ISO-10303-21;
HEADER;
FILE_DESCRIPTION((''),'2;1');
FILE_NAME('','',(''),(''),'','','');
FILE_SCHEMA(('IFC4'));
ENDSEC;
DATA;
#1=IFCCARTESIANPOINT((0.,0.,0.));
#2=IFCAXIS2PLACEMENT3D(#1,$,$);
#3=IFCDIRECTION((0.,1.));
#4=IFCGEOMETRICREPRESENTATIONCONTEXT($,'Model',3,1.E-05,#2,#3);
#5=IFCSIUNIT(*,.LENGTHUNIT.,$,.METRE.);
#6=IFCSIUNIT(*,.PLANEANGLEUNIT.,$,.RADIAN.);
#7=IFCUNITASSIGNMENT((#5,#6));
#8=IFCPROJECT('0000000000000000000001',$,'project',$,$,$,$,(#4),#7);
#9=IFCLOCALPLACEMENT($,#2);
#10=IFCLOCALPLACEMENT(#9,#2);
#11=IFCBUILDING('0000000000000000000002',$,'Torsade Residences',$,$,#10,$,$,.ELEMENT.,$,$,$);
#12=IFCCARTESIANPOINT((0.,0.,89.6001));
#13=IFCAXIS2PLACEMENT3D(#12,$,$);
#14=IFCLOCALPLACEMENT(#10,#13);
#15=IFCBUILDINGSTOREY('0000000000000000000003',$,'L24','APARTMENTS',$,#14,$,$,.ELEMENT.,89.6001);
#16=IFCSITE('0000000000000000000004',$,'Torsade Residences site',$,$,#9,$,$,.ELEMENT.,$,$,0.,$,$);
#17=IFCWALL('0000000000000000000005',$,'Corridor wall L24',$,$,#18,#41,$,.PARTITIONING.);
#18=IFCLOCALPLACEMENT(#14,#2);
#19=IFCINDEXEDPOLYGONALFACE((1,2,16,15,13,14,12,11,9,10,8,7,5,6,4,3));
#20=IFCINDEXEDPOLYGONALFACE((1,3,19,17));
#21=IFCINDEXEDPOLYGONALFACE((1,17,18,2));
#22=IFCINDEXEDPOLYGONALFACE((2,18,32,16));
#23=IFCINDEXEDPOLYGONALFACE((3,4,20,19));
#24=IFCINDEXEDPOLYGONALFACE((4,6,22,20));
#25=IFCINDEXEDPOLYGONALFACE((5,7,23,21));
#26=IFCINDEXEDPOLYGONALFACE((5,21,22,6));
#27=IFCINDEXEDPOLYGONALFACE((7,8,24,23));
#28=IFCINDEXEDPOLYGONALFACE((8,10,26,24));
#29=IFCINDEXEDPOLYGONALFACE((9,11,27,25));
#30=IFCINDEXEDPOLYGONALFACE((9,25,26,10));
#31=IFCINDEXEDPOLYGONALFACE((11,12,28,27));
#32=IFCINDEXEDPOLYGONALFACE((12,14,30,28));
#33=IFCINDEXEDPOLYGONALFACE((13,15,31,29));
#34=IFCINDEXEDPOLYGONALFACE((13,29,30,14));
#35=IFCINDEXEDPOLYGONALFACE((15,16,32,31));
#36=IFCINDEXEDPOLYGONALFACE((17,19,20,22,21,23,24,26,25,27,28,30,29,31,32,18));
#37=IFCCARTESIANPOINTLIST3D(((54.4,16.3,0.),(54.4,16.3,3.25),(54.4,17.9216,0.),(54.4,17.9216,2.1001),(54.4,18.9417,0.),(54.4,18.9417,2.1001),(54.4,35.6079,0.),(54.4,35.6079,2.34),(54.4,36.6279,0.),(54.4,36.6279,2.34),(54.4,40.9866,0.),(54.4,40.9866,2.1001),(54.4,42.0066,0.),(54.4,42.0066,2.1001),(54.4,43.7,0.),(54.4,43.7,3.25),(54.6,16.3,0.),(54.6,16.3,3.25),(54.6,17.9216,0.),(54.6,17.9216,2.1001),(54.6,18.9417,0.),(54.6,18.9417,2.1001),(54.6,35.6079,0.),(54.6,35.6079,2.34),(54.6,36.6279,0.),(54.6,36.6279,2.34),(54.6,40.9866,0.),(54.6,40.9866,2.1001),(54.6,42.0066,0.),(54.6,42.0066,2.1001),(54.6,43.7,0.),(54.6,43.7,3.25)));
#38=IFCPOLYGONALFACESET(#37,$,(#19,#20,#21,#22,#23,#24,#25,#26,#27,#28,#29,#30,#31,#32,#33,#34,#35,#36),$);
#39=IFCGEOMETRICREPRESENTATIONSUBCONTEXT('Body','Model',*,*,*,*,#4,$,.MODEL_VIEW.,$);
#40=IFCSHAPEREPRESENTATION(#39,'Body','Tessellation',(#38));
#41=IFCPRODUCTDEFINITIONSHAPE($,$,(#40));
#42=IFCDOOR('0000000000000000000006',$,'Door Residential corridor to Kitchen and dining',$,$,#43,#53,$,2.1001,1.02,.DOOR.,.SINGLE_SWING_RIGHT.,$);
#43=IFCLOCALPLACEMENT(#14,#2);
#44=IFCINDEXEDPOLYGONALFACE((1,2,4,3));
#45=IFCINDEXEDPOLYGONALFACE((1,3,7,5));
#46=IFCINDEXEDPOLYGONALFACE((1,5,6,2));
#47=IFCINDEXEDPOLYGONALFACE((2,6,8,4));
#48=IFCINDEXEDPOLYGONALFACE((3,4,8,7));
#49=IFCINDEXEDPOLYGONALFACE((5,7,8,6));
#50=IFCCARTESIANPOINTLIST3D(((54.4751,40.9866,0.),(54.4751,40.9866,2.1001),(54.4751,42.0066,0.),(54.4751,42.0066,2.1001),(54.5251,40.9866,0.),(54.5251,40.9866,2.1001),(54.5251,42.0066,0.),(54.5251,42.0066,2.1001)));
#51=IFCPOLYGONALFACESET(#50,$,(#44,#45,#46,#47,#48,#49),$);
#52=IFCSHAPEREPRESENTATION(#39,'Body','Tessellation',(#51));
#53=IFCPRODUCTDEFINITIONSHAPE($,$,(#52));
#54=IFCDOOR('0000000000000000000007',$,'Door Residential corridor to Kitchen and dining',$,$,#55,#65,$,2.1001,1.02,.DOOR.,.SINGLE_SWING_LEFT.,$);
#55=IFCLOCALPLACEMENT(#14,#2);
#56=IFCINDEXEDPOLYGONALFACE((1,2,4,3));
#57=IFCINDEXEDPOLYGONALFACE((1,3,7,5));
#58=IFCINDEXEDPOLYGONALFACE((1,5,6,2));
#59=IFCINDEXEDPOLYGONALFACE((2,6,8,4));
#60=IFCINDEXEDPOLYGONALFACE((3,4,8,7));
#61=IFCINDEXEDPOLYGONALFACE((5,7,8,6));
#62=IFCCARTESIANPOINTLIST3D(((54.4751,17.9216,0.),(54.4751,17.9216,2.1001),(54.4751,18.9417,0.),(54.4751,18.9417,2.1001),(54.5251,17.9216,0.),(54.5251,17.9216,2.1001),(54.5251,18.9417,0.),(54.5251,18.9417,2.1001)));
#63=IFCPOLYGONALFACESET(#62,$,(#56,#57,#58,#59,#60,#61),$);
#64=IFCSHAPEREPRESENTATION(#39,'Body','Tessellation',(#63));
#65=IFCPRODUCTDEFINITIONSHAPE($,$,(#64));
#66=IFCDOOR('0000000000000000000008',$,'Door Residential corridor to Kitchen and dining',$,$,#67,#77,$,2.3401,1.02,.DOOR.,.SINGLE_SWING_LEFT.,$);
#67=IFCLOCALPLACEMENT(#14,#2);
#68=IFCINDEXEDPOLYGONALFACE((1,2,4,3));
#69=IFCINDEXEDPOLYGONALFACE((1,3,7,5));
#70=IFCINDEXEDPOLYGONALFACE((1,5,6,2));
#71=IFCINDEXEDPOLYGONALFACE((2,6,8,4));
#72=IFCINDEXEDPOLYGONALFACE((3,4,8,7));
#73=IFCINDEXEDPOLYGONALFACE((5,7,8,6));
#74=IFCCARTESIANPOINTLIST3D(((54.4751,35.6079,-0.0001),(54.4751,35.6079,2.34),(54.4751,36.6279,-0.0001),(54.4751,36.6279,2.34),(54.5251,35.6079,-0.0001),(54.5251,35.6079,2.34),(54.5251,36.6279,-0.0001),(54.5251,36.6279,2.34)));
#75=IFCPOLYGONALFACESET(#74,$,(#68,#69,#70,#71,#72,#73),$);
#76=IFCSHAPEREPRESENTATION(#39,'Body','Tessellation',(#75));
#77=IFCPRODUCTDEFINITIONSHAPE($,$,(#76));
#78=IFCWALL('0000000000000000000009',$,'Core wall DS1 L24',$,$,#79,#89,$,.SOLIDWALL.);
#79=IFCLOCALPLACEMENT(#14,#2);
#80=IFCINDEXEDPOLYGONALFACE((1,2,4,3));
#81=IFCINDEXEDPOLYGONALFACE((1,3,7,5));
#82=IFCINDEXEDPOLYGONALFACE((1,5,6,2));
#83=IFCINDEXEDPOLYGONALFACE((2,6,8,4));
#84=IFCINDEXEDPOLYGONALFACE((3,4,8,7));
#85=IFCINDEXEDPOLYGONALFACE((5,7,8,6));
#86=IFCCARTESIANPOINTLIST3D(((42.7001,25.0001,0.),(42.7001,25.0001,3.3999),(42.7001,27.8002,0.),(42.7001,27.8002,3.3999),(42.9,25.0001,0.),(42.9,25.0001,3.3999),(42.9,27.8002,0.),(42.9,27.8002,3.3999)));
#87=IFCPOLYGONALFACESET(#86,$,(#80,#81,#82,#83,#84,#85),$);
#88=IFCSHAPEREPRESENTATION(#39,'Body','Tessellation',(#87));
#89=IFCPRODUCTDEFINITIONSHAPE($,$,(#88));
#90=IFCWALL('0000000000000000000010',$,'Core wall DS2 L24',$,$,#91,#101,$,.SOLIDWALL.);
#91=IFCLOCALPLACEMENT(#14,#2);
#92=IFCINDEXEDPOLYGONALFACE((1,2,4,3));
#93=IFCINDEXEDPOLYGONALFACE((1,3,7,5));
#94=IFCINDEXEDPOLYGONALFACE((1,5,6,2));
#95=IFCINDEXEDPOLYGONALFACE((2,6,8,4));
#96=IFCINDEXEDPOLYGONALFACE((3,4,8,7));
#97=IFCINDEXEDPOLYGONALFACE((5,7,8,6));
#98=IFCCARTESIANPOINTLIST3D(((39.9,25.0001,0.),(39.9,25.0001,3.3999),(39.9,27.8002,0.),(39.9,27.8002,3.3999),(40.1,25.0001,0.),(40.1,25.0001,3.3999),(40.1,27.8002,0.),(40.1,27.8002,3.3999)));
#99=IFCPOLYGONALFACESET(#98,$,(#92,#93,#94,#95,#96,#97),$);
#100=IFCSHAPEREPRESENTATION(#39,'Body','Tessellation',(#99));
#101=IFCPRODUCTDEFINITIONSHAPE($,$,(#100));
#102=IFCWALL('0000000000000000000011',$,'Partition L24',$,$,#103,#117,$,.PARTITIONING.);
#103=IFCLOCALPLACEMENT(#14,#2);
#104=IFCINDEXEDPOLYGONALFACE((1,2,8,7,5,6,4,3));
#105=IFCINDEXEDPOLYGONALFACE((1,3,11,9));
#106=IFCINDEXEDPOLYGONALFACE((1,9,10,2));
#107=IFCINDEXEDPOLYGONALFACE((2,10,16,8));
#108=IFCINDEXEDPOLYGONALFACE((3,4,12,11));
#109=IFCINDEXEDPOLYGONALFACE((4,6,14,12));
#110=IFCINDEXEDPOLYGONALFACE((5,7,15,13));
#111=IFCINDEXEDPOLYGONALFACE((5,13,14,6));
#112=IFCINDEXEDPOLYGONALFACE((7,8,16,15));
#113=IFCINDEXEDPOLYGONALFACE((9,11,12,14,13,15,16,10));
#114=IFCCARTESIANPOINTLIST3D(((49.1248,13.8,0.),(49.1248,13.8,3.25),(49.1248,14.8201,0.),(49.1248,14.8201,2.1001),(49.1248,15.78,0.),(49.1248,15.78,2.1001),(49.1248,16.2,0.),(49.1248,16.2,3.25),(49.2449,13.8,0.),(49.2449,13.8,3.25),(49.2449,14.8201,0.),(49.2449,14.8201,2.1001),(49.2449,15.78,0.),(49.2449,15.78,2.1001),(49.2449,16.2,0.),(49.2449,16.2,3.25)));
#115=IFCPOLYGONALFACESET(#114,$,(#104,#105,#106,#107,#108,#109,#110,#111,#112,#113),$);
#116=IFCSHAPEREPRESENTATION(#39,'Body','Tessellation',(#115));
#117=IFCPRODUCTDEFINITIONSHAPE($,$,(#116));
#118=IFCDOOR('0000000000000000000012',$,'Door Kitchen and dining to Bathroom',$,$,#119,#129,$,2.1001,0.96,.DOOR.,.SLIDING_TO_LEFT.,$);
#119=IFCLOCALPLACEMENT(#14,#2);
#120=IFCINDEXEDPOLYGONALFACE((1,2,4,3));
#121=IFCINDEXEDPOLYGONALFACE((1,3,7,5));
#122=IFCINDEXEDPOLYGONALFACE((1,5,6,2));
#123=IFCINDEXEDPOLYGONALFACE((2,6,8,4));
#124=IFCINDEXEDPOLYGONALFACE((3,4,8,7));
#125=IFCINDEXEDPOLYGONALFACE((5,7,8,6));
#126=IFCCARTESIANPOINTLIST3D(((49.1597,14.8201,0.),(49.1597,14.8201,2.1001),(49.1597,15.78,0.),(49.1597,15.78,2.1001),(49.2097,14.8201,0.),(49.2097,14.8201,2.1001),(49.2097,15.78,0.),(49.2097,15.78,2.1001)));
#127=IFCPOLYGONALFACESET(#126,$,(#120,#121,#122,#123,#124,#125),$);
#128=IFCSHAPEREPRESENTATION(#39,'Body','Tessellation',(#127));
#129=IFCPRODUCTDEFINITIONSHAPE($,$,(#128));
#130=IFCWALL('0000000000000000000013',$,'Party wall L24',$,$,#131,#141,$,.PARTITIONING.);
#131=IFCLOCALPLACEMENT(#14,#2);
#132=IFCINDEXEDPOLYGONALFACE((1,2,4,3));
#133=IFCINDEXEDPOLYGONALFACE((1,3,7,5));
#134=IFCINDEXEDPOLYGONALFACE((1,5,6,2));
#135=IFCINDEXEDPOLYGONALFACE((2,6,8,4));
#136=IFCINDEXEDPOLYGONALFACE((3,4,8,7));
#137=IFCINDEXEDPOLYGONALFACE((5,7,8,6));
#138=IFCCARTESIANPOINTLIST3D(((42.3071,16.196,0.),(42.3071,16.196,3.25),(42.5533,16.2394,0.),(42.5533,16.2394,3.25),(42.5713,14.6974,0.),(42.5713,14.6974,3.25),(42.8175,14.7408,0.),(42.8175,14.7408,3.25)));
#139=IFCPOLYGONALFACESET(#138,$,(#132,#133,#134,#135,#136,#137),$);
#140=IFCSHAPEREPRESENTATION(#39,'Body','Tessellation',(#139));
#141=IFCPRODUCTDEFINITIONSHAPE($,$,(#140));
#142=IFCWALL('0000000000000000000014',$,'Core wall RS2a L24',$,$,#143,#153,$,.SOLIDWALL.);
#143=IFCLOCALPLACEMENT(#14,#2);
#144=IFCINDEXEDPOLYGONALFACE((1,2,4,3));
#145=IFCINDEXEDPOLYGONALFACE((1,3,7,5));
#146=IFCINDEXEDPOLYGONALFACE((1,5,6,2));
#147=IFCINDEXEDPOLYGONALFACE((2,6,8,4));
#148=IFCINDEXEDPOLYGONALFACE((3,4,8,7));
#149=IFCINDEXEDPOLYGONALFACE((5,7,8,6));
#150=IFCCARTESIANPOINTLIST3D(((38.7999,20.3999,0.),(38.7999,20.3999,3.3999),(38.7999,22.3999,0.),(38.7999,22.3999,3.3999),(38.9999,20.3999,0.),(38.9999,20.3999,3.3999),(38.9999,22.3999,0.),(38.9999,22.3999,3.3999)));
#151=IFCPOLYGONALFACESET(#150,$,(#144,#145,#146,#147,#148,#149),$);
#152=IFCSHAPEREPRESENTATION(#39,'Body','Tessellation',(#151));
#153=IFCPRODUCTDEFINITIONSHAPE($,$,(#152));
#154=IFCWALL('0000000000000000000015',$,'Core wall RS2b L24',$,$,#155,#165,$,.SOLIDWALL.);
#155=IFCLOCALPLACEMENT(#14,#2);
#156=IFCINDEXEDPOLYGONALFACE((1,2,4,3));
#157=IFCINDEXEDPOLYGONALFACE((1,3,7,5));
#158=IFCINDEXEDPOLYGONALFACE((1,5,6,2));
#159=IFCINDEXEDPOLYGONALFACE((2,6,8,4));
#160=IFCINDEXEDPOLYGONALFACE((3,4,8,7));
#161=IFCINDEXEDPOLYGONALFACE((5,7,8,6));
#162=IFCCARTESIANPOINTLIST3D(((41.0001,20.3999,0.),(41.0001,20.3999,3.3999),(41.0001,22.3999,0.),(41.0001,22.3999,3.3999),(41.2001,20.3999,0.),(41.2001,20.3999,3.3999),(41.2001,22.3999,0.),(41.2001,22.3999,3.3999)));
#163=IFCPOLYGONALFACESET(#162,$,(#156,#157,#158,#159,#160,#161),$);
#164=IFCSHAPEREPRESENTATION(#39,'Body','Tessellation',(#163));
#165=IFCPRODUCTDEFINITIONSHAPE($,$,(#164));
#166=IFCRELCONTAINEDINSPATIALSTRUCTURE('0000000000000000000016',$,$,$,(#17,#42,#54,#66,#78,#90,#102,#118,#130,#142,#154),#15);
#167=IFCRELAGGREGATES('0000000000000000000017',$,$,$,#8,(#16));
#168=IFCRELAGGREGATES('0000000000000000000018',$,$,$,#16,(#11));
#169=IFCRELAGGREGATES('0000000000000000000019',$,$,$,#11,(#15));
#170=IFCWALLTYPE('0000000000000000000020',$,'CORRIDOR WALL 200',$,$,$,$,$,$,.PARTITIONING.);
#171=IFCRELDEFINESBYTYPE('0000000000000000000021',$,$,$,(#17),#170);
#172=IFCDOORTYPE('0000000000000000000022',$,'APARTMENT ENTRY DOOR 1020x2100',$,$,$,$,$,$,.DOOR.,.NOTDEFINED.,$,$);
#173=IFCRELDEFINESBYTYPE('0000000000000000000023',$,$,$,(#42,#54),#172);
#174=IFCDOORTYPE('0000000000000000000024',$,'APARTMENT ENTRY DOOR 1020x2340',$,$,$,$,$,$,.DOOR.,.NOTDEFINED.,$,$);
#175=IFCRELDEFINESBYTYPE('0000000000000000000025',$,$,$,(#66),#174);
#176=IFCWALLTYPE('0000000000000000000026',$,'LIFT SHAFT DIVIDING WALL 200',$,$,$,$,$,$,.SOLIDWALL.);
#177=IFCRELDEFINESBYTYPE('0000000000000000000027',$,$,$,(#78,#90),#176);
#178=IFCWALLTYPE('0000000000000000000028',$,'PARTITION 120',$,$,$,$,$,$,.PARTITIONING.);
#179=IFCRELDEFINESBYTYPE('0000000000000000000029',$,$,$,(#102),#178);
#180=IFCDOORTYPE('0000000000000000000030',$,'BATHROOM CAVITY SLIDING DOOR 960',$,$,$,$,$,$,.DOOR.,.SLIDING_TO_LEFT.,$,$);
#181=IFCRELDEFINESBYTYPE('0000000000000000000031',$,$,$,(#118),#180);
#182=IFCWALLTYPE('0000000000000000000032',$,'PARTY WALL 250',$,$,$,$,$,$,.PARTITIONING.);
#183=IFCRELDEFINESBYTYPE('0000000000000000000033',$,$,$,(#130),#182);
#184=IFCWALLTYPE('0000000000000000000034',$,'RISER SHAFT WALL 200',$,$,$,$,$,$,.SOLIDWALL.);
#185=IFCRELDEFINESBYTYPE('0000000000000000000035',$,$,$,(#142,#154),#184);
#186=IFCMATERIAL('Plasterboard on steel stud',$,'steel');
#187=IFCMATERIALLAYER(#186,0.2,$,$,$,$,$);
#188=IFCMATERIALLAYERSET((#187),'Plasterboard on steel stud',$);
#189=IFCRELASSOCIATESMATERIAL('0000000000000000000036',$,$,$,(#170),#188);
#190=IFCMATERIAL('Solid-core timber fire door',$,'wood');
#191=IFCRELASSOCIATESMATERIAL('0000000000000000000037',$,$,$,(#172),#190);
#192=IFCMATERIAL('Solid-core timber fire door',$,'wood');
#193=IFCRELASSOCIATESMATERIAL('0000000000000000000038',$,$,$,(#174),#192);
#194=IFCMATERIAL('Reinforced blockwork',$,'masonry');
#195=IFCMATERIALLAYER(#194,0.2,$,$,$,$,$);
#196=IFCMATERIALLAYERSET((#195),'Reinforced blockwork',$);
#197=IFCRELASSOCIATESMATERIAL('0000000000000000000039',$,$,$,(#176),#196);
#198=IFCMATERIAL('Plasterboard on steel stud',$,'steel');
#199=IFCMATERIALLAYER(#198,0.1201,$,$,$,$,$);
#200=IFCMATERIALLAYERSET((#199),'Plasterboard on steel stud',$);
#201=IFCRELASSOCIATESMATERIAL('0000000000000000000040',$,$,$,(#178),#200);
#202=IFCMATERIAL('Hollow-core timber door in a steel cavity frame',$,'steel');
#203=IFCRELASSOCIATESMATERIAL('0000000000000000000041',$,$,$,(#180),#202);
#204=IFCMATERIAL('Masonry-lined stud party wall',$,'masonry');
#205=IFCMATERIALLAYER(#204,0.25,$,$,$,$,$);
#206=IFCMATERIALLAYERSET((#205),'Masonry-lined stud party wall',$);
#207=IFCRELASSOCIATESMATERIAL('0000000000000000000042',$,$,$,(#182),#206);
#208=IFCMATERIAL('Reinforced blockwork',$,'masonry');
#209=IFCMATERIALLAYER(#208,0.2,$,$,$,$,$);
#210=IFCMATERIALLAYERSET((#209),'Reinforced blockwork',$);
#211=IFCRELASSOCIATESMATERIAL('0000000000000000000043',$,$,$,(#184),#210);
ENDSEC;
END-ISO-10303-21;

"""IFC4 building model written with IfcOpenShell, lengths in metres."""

from ifc_helpers import new_model, si_unit, direction, frame, frame_2d, origin, place, context, subcontext, project, spatial, rectangle, extrude, material, layer, layer_set, type_object, element, fill, save


model = new_model("IFC4")

# Units and contexts
model_context = context("Model", 3, precision=1e-05, world=origin(), true_north=direction((0.0, 1.0)))
body_context = subcontext(model_context, "Body", "Model", "MODEL_VIEW")
ifc_project = project(units=[si_unit("LENGTHUNIT", "METRE"), si_unit("PLANEANGLEUNIT", "RADIAN")], contexts=[model_context])

# Site, building, storey
site_placement = place(None, origin())
site = spatial("IfcSite", under=ifc_project, at=site_placement, Name="Torsade Residences site", CompositionType="ELEMENT", RefElevation=0.0)
building_placement = place(site_placement, origin())
building = spatial("IfcBuilding", under=site, at=building_placement, Name="Torsade Residences", CompositionType="ELEMENT")
storey_placement = place(building_placement, frame((0.0, 0.0, 89.6001)))
storey = spatial("IfcBuildingStorey", under=building, at=storey_placement, Name="L24", Description="APARTMENTS", CompositionType="ELEMENT", Elevation=89.6001)

# Wall, openings, doors
ifc_material_1 = material(Name="Plasterboard on steel stud", Category="steel")
ifc_layer_1 = layer(ifc_material_1, 0.2)
ifc_layer_set_1 = layer_set([ifc_layer_1], Name="Plasterboard on steel stud")
wall_type_1 = type_object("IfcWallType", Name="CORRIDOR WALL 200", PredefinedType="PARTITIONING", material=ifc_layer_set_1)
wall_1_placement = place(storey_placement, frame((54.5, 16.3, 0.0), z_axis=(0.0, 0.0, 1.0), x_axis=(0.0, 1.0, 0.0)))
wall_1 = element("IfcWall", 1, at=wall_1_placement, inside=storey, type_object=wall_type_1, Name="Corridor wall L24", PredefinedType="PARTITIONING", context=body_context, shape_type="SweptSolid", body=[
    extrude(rectangle(XDim=27.3999, YDim=0.2, at=frame_2d((13.7, 0.0))), origin(), (0.0, 0.0, 1.0), 3.25),
])
opening_1_placement = place(wall_1_placement, frame((19.3079, 0.0, 0.0)))
opening_1 = element("IfcOpeningElement", 2, at=opening_1_placement, cuts=wall_1, PredefinedType="OPENING", context=body_context, shape_type="SweptSolid", body=[
    extrude(rectangle(XDim=1.02, YDim=2.3401, at=frame_2d((0.51, 1.1699))), frame((0.0, 0.1099, 0.0), z_axis=(0.0, -1.0, 0.0), x_axis=(1.0, 0.0, 0.0)), (0.0, 0.0, 1.0), 0.22),
])
opening_2_placement = place(wall_1_placement, frame((24.6865, 0.0, 0.0)))
opening_2 = element("IfcOpeningElement", 3, at=opening_2_placement, cuts=wall_1, PredefinedType="OPENING", context=body_context, shape_type="SweptSolid", body=[
    extrude(rectangle(XDim=1.02, YDim=2.1001, at=frame_2d((0.51, 1.05))), frame((0.0, 0.1099, 0.0), z_axis=(0.0, -1.0, 0.0), x_axis=(1.0, 0.0, 0.0)), (0.0, 0.0, 1.0), 0.22),
])
opening_3_placement = place(wall_1_placement, frame((1.6216, 0.0, 0.0)))
opening_3 = element("IfcOpeningElement", 4, at=opening_3_placement, cuts=wall_1, PredefinedType="OPENING", context=body_context, shape_type="SweptSolid", body=[
    extrude(rectangle(XDim=1.02, YDim=2.1001, at=frame_2d((0.51, 1.05))), frame((0.0, 0.1099, 0.0), z_axis=(0.0, -1.0, 0.0), x_axis=(1.0, 0.0, 0.0)), (0.0, 0.0, 1.0), 0.22),
])
ifc_material_2 = material(Name="Solid-core timber fire door", Category="wood")
door_type_1 = type_object("IfcDoorType", Name="APARTMENT ENTRY DOOR 1020x2100", OperationType="NOTDEFINED", PredefinedType="DOOR", material=ifc_material_2)
door_1_placement = place(opening_2_placement, origin())
door_1 = element("IfcDoor", 5, at=door_1_placement, inside=storey, type_object=door_type_1, Name="Door Residential corridor to Kitchen and dining", OperationType="SINGLE_SWING_RIGHT", OverallHeight=2.1001, OverallWidth=1.02, PredefinedType="DOOR", context=body_context, shape_type="SweptSolid", body=[
    extrude(rectangle(XDim=1.02, YDim=2.1001, at=frame_2d((0.51, 1.05))), frame((0.0, 0.0249, 0.0), z_axis=(0.0, -1.0, 0.0), x_axis=(1.0, 0.0, 0.0)), (0.0, 0.0, 1.0), 0.05),
])
fill(opening_2, door_1)
door_2_placement = place(opening_3_placement, origin())
door_2 = element("IfcDoor", 6, at=door_2_placement, inside=storey, type_object=door_type_1, Name="Door Residential corridor to Kitchen and dining", OperationType="SINGLE_SWING_LEFT", OverallHeight=2.1001, OverallWidth=1.02, PredefinedType="DOOR", context=body_context, shape_type="SweptSolid", body=[
    extrude(rectangle(XDim=1.02, YDim=2.1001, at=frame_2d((0.51, 1.05))), frame((0.0, 0.0249, 0.0), z_axis=(0.0, -1.0, 0.0), x_axis=(1.0, 0.0, 0.0)), (0.0, 0.0, 1.0), 0.05),
])
fill(opening_3, door_2)
ifc_material_3 = material(Name="Solid-core timber fire door", Category="wood")
door_type_2 = type_object("IfcDoorType", Name="APARTMENT ENTRY DOOR 1020x2340", OperationType="NOTDEFINED", PredefinedType="DOOR", material=ifc_material_3)
door_3_placement = place(opening_1_placement, origin())
door_3 = element("IfcDoor", 7, at=door_3_placement, inside=storey, type_object=door_type_2, Name="Door Residential corridor to Kitchen and dining", OperationType="SINGLE_SWING_LEFT", OverallHeight=2.3401, OverallWidth=1.02, PredefinedType="DOOR", context=body_context, shape_type="SweptSolid", body=[
    extrude(rectangle(XDim=1.02, YDim=2.3401, at=frame_2d((0.51, 1.1699))), frame((0.0, 0.0249, 0.0), z_axis=(0.0, -1.0, 0.0), x_axis=(1.0, 0.0, 0.0)), (0.0, 0.0, 1.0), 0.05),
])
fill(opening_1, door_3)

# Walls
ifc_material_4 = material(Name="Reinforced blockwork", Category="masonry")
ifc_layer_2 = layer(ifc_material_4, 0.2)
ifc_layer_set_2 = layer_set([ifc_layer_2], Name="Reinforced blockwork")
wall_type_2 = type_object("IfcWallType", Name="LIFT SHAFT DIVIDING WALL 200", PredefinedType="SOLIDWALL", material=ifc_layer_set_2)
for number, where, z_axis, x_axis, name in (
    (8, (42.8, 27.8, 0.0), (0.0, 0.0, 1.0), (0.0, -1.0, 0.0), "Core wall DS1 L24"),
    (9, (40.0, 27.8, 0.0), (0.0, 0.0, 1.0), (0.0, -1.0, 0.0), "Core wall DS2 L24"),
):
    element("IfcWall", number, at=place(storey_placement, frame(where, z_axis=z_axis, x_axis=x_axis)), inside=storey, type_object=wall_type_2, Name=name, PredefinedType="SOLIDWALL", context=body_context, shape_type="SweptSolid", body=[
        extrude(rectangle(XDim=2.8, YDim=0.2, at=frame_2d((1.3999, 0.0))), origin(), (0.0, 0.0, 1.0), 3.3999),
    ])

# Wall, opening, door
ifc_material_5 = material(Name="Plasterboard on steel stud", Category="steel")
ifc_layer_3 = layer(ifc_material_5, 0.1201)
ifc_layer_set_3 = layer_set([ifc_layer_3], Name="Plasterboard on steel stud")
wall_type_3 = type_object("IfcWallType", Name="PARTITION 120", PredefinedType="PARTITIONING", material=ifc_layer_set_3)
wall_2_placement = place(storey_placement, frame((49.1848, 16.2, 0.0), z_axis=(0.0, 0.0, 1.0), x_axis=(0.0, -1.0, 0.0)))
wall_2 = element("IfcWall", 10, at=wall_2_placement, inside=storey, type_object=wall_type_3, Name="Partition L24", PredefinedType="PARTITIONING", context=body_context, shape_type="SweptSolid", body=[
    extrude(rectangle(XDim=2.3999, YDim=0.1201, at=frame_2d((1.2, 0.0))), origin(), (0.0, 0.0, 1.0), 3.25),
])
opening_4_placement = place(wall_2_placement, frame((0.4199, 0.0, 0.0)))
opening_4 = element("IfcOpeningElement", 11, at=opening_4_placement, cuts=wall_2, PredefinedType="OPENING", context=body_context, shape_type="SweptSolid", body=[
    extrude(rectangle(XDim=0.96, YDim=2.1001, at=frame_2d((0.48, 1.05))), frame((0.0, 0.0701, 0.0), z_axis=(0.0, -1.0, 0.0), x_axis=(1.0, 0.0, 0.0)), (0.0, 0.0, 1.0), 0.1401),
])
ifc_material_6 = material(Name="Hollow-core timber door in a steel cavity frame", Category="steel")
door_type_3 = type_object("IfcDoorType", Name="BATHROOM CAVITY SLIDING DOOR 960", OperationType="SLIDING_TO_LEFT", PredefinedType="DOOR", material=ifc_material_6)
door_4_placement = place(opening_4_placement, origin())
door_4 = element("IfcDoor", 12, at=door_4_placement, inside=storey, type_object=door_type_3, Name="Door Kitchen and dining to Bathroom", OperationType="SLIDING_TO_LEFT", OverallHeight=2.1001, OverallWidth=0.96, PredefinedType="DOOR", context=body_context, shape_type="SweptSolid", body=[
    extrude(rectangle(XDim=0.96, YDim=2.1001, at=frame_2d((0.48, 1.05))), frame((0.0, 0.0249, 0.0), z_axis=(0.0, -1.0, 0.0), x_axis=(1.0, 0.0, 0.0)), (0.0, 0.0, 1.0), 0.05),
])
fill(opening_4, door_4)

# Walls
ifc_material_7 = material(Name="Masonry-lined stud party wall", Category="masonry")
ifc_layer_4 = layer(ifc_material_7, 0.25)
ifc_layer_set_4 = layer_set([ifc_layer_4], Name="Masonry-lined stud party wall")
wall_type_4 = type_object("IfcWallType", Name="PARTY WALL 250", PredefinedType="PARTITIONING", material=ifc_layer_set_4)
wall_3_placement = place(storey_placement, frame((42.6943, 14.7192, 0.0), z_axis=(0.0, 0.0, 1.0), x_axis=(-0.173602, 0.984816, 0.0)))
element("IfcWall", 13, at=wall_3_placement, inside=storey, type_object=wall_type_4, Name="Party wall L24", PredefinedType="PARTITIONING", context=body_context, shape_type="SweptSolid", body=[
    extrude(rectangle(XDim=1.5217, YDim=0.25, at=frame_2d((0.7607, 0.0))), origin(), (0.0, 0.0, 1.0), 3.25),
])
ifc_material_8 = material(Name="Reinforced blockwork", Category="masonry")
ifc_layer_5 = layer(ifc_material_8, 0.2)
ifc_layer_set_5 = layer_set([ifc_layer_5], Name="Reinforced blockwork")
wall_type_5 = type_object("IfcWallType", Name="RISER SHAFT WALL 200", PredefinedType="SOLIDWALL", material=ifc_layer_set_5)
for number, where, z_axis, x_axis, name in (
    (14, (38.8999, 22.3999, 0.0), (0.0, 0.0, 1.0), (0.0, -1.0, 0.0), "Core wall RS2a L24"),
    (15, (41.1001, 22.3999, 0.0), (0.0, 0.0, 1.0), (0.0, -1.0, 0.0), "Core wall RS2b L24"),
):
    element("IfcWall", number, at=place(storey_placement, frame(where, z_axis=z_axis, x_axis=x_axis)), inside=storey, type_object=wall_type_5, Name=name, PredefinedType="SOLIDWALL", context=body_context, shape_type="SweptSolid", body=[
        extrude(rectangle(XDim=2.0, YDim=0.2, at=frame_2d((1.0, 0.0))), origin(), (0.0, 0.0, 1.0), 3.3999),
    ])

save(model, "model.ifc")
